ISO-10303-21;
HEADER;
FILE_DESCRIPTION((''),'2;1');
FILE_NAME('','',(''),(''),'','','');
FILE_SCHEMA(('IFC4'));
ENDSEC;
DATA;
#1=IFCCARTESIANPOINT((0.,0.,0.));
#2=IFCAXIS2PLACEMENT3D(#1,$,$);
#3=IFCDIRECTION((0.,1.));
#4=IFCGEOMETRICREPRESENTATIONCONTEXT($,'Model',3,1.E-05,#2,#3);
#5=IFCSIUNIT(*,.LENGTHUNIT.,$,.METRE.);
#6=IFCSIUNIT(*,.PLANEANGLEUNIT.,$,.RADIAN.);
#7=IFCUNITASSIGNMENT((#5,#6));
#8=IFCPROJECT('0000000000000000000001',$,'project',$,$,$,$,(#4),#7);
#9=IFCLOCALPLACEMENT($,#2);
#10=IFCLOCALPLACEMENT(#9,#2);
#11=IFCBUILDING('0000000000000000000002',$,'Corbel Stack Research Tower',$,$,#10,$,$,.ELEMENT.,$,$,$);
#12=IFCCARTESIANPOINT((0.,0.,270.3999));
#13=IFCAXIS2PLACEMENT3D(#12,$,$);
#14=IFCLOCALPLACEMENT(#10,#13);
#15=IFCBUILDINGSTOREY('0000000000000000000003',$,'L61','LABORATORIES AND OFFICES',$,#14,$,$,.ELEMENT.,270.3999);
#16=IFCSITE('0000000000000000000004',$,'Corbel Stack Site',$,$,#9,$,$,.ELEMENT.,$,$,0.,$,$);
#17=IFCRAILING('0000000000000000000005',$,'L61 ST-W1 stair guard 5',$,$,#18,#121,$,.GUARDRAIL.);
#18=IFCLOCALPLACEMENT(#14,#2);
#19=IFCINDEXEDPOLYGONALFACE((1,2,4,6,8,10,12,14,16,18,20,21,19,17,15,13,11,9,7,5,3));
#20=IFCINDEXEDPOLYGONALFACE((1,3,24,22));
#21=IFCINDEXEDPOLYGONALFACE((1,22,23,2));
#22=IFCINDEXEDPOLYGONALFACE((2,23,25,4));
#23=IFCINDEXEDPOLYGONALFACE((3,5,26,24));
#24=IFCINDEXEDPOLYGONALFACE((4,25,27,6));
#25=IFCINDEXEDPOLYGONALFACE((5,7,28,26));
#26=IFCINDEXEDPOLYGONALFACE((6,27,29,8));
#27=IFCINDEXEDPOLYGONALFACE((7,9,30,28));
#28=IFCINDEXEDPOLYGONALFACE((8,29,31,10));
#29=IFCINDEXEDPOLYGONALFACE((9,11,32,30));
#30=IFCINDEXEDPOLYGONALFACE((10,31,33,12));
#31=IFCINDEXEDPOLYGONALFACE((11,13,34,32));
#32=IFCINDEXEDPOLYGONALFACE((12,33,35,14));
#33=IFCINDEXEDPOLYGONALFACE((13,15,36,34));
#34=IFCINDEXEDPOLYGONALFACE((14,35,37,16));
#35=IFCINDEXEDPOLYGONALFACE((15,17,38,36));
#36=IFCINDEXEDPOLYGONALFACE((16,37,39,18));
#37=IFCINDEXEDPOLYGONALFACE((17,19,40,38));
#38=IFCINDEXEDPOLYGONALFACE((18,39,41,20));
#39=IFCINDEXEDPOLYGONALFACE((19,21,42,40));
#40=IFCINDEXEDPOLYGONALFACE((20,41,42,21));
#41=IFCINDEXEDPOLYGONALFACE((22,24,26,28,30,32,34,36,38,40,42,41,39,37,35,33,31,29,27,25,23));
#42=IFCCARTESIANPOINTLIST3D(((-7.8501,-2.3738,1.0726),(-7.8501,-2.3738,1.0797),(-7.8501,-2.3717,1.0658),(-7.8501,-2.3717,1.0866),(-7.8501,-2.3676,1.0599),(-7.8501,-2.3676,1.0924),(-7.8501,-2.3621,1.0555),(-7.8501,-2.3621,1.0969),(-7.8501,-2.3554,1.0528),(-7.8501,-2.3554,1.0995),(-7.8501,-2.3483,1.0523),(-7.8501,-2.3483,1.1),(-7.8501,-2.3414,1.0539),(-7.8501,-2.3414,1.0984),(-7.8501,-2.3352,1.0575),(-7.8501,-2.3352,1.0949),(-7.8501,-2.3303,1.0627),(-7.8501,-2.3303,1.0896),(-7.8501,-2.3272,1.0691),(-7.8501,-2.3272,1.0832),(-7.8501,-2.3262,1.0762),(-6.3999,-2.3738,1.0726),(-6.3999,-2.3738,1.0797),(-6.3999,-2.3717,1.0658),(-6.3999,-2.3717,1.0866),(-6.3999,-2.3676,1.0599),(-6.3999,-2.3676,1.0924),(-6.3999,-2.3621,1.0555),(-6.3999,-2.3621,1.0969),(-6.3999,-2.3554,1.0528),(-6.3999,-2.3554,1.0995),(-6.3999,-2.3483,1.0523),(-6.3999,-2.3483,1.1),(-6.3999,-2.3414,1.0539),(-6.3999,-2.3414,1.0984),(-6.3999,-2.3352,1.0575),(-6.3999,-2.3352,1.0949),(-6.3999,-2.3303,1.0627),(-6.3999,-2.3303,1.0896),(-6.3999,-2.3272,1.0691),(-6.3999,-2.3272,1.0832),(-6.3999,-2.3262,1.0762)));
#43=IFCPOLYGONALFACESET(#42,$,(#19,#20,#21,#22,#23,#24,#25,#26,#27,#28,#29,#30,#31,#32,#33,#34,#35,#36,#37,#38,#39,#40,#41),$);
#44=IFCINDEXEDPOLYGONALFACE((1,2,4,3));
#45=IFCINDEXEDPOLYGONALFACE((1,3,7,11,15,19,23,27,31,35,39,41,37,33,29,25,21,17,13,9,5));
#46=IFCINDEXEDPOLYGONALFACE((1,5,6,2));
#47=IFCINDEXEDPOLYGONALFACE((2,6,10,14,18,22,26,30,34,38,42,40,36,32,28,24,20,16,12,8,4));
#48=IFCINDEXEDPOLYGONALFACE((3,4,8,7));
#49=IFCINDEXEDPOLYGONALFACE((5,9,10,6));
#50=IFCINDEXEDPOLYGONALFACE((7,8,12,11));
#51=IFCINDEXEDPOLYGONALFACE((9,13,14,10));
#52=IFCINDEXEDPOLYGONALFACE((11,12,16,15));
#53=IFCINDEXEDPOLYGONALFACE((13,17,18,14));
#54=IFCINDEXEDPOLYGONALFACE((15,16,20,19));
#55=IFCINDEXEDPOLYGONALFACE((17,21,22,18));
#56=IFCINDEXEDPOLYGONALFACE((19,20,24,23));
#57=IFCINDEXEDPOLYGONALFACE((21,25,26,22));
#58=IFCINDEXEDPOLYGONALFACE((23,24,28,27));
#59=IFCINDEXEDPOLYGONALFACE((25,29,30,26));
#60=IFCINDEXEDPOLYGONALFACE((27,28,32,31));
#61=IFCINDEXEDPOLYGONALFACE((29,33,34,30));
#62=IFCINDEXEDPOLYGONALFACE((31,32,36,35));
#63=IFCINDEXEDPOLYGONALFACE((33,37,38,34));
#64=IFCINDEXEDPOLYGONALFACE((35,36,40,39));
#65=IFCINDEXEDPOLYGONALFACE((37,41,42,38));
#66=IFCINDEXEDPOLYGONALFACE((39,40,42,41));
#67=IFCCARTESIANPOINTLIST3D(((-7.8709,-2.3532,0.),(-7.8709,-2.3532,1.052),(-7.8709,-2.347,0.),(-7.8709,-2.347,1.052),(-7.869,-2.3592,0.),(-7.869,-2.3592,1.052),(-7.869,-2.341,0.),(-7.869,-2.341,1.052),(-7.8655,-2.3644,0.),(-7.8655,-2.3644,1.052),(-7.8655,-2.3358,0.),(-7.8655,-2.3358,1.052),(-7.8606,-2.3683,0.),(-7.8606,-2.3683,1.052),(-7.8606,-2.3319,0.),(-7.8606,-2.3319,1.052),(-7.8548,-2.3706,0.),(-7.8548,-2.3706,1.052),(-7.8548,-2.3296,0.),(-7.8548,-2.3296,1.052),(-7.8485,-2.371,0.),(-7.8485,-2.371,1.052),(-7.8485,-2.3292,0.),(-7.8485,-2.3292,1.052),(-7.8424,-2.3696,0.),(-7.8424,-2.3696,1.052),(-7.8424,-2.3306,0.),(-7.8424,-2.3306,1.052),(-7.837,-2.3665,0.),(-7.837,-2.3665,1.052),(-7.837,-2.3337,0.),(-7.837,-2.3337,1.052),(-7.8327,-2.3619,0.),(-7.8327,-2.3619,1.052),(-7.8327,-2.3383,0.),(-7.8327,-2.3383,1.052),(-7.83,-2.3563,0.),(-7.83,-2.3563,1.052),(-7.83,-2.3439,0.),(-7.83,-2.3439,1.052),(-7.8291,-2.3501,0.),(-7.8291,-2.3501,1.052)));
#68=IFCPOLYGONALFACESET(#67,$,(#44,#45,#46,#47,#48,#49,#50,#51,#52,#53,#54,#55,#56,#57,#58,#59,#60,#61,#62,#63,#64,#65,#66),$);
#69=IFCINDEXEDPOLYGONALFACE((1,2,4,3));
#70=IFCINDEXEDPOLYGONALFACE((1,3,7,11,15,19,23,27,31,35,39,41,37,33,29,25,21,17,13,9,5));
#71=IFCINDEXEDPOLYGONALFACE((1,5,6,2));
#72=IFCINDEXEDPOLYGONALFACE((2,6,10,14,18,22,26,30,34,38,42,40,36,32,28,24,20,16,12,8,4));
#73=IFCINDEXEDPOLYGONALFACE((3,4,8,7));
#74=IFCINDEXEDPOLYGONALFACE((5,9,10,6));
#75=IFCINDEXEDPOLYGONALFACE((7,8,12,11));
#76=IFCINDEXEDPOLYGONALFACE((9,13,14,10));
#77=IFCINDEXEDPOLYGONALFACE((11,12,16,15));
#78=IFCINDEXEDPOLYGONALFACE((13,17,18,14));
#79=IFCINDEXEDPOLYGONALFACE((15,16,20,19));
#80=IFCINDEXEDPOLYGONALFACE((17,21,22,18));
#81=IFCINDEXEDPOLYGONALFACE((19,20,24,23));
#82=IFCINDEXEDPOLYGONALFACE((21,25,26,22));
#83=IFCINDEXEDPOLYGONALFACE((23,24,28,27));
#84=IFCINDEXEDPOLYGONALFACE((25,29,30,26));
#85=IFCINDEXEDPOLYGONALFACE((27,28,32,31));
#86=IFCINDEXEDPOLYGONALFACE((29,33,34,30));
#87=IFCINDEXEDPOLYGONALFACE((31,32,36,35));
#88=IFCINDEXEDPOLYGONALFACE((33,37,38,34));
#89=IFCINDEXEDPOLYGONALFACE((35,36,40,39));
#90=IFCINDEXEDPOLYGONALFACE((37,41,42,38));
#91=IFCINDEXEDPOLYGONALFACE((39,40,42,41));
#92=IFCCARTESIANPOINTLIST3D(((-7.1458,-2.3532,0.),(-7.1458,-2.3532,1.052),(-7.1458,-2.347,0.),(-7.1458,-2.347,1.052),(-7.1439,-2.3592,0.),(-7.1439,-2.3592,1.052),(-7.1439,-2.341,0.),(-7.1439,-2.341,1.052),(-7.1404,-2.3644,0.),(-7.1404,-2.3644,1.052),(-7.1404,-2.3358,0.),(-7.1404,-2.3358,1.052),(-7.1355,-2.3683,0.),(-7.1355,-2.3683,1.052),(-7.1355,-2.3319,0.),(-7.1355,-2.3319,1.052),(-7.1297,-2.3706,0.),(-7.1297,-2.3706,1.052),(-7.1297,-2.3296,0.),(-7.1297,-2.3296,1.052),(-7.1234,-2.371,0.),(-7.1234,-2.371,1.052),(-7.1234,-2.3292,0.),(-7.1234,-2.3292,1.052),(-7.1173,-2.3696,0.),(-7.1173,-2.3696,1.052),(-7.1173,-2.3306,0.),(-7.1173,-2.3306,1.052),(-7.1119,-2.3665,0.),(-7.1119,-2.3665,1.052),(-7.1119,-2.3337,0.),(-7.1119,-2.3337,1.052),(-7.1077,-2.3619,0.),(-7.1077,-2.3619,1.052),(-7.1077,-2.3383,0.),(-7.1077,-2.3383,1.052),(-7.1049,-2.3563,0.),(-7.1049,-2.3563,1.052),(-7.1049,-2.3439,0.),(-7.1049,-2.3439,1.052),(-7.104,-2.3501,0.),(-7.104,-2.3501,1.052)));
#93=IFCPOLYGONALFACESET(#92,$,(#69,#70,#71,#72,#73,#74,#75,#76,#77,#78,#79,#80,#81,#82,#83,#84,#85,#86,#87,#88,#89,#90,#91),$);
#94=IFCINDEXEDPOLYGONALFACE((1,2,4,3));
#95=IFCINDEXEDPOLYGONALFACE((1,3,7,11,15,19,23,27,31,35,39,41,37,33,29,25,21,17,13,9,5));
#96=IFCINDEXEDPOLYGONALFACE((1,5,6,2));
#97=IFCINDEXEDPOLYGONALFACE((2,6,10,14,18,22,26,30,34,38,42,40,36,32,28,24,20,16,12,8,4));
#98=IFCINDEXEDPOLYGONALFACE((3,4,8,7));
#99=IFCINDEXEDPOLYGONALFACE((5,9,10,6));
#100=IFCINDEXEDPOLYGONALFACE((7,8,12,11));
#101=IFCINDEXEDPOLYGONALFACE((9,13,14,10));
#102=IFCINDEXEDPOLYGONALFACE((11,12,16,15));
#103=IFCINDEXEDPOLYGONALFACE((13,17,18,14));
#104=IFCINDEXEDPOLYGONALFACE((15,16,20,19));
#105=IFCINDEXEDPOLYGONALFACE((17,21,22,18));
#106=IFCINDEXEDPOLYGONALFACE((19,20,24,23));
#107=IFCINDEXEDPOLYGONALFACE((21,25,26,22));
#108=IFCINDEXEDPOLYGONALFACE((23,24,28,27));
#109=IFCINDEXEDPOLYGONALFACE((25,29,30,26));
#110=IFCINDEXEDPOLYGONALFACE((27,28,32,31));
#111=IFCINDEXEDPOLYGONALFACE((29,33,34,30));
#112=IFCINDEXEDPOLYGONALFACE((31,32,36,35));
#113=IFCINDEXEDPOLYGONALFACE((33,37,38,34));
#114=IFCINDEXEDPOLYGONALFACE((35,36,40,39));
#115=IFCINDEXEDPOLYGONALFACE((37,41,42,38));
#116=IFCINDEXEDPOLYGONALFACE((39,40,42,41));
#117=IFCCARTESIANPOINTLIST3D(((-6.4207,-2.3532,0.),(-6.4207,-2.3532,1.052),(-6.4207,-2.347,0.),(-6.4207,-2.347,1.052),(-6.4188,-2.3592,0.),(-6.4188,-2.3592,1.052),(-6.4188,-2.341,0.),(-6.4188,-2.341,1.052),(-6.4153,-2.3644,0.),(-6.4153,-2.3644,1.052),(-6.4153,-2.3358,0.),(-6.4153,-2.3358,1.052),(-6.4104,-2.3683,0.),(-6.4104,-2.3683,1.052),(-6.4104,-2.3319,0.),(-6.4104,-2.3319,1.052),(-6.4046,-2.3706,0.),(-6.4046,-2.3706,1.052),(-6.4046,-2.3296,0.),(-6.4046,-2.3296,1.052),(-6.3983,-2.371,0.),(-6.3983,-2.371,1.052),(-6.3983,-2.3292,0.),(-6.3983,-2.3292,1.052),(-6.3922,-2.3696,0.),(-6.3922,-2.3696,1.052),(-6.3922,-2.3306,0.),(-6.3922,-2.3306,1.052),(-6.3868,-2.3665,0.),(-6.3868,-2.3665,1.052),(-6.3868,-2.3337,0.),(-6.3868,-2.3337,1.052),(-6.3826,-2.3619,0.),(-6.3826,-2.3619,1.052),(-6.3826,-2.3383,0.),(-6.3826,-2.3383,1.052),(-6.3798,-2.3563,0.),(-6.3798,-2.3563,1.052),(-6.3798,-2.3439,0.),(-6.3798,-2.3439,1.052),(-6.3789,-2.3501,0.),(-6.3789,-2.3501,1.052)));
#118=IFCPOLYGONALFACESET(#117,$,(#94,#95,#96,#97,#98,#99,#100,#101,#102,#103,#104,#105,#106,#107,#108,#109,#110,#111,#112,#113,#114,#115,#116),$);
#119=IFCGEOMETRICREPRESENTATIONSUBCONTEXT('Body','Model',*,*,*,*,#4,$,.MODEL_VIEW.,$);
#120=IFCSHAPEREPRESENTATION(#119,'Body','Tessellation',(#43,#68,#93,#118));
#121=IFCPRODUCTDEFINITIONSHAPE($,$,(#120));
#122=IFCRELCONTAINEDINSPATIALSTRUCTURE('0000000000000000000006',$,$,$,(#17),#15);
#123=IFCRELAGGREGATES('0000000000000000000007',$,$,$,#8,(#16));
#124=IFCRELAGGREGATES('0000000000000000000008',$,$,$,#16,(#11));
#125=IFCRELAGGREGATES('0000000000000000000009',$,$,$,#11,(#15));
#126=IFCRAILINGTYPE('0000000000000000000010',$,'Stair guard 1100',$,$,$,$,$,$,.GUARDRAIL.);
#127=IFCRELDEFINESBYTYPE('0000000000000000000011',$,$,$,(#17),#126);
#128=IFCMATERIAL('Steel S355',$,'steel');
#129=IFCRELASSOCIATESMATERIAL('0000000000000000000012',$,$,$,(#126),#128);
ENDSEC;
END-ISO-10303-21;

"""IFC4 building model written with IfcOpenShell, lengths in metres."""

from ifc_helpers import new_model, si_unit, direction, frame, origin, origin_2d, place, context, subcontext, project, spatial, circle, extrude, material, type_object, element, save


model = new_model("IFC4")

# Units and contexts
model_context = context("Model", 3, precision=1e-05, world=origin(), true_north=direction((0.0, 1.0)))
body_context = subcontext(model_context, "Body", "Model", "MODEL_VIEW")
ifc_project = project(units=[si_unit("LENGTHUNIT", "METRE"), si_unit("PLANEANGLEUNIT", "RADIAN")], contexts=[model_context])

# Site, building, storey
site_placement = place(None, origin())
site = spatial("IfcSite", under=ifc_project, at=site_placement, Name="Corbel Stack Site", CompositionType="ELEMENT", RefElevation=0.0)
building_placement = place(site_placement, origin())
building = spatial("IfcBuilding", under=site, at=building_placement, Name="Corbel Stack Research Tower", CompositionType="ELEMENT")
storey_placement = place(building_placement, frame((0.0, 0.0, 270.3999)))
storey = spatial("IfcBuildingStorey", under=building, at=storey_placement, Name="L61", Description="LABORATORIES AND OFFICES", CompositionType="ELEMENT", Elevation=270.3999)

# Railing
ifc_material_1 = material(Name="Steel S355", Category="steel")
railing_type = type_object("IfcRailingType", Name="Stair guard 1100", PredefinedType="GUARDRAIL", material=ifc_material_1)
railing_1_placement = place(storey_placement, frame((-7.8501, -2.3501, 0.0)))
element("IfcRailing", 1, at=railing_1_placement, inside=storey, type_object=railing_type, Name="L61 ST-W1 stair guard 5", PredefinedType="GUARDRAIL", context=body_context, shape_type="SweptSolid", body=[
    extrude(circle(Radius=0.0239, at=origin_2d()), frame((0.0, 0.0, 1.0762), z_axis=(1.0, 0.0, 0.0), x_axis=(0.0, 1.0, 0.0)), (0.0, 0.0, 1.0), 1.4502),
    extrude(circle(Radius=0.021, at=origin_2d()), origin(), (0.0, 0.0, 1.0), 1.052),
    extrude(circle(Radius=0.021, at=origin_2d()), frame((0.7251, 0.0, 0.0)), (0.0, 0.0, 1.0), 1.052),
    extrude(circle(Radius=0.021, at=origin_2d()), frame((1.4502, 0.0, 0.0)), (0.0, 0.0, 1.0), 1.052),
])

save(model, "model.ifc")
